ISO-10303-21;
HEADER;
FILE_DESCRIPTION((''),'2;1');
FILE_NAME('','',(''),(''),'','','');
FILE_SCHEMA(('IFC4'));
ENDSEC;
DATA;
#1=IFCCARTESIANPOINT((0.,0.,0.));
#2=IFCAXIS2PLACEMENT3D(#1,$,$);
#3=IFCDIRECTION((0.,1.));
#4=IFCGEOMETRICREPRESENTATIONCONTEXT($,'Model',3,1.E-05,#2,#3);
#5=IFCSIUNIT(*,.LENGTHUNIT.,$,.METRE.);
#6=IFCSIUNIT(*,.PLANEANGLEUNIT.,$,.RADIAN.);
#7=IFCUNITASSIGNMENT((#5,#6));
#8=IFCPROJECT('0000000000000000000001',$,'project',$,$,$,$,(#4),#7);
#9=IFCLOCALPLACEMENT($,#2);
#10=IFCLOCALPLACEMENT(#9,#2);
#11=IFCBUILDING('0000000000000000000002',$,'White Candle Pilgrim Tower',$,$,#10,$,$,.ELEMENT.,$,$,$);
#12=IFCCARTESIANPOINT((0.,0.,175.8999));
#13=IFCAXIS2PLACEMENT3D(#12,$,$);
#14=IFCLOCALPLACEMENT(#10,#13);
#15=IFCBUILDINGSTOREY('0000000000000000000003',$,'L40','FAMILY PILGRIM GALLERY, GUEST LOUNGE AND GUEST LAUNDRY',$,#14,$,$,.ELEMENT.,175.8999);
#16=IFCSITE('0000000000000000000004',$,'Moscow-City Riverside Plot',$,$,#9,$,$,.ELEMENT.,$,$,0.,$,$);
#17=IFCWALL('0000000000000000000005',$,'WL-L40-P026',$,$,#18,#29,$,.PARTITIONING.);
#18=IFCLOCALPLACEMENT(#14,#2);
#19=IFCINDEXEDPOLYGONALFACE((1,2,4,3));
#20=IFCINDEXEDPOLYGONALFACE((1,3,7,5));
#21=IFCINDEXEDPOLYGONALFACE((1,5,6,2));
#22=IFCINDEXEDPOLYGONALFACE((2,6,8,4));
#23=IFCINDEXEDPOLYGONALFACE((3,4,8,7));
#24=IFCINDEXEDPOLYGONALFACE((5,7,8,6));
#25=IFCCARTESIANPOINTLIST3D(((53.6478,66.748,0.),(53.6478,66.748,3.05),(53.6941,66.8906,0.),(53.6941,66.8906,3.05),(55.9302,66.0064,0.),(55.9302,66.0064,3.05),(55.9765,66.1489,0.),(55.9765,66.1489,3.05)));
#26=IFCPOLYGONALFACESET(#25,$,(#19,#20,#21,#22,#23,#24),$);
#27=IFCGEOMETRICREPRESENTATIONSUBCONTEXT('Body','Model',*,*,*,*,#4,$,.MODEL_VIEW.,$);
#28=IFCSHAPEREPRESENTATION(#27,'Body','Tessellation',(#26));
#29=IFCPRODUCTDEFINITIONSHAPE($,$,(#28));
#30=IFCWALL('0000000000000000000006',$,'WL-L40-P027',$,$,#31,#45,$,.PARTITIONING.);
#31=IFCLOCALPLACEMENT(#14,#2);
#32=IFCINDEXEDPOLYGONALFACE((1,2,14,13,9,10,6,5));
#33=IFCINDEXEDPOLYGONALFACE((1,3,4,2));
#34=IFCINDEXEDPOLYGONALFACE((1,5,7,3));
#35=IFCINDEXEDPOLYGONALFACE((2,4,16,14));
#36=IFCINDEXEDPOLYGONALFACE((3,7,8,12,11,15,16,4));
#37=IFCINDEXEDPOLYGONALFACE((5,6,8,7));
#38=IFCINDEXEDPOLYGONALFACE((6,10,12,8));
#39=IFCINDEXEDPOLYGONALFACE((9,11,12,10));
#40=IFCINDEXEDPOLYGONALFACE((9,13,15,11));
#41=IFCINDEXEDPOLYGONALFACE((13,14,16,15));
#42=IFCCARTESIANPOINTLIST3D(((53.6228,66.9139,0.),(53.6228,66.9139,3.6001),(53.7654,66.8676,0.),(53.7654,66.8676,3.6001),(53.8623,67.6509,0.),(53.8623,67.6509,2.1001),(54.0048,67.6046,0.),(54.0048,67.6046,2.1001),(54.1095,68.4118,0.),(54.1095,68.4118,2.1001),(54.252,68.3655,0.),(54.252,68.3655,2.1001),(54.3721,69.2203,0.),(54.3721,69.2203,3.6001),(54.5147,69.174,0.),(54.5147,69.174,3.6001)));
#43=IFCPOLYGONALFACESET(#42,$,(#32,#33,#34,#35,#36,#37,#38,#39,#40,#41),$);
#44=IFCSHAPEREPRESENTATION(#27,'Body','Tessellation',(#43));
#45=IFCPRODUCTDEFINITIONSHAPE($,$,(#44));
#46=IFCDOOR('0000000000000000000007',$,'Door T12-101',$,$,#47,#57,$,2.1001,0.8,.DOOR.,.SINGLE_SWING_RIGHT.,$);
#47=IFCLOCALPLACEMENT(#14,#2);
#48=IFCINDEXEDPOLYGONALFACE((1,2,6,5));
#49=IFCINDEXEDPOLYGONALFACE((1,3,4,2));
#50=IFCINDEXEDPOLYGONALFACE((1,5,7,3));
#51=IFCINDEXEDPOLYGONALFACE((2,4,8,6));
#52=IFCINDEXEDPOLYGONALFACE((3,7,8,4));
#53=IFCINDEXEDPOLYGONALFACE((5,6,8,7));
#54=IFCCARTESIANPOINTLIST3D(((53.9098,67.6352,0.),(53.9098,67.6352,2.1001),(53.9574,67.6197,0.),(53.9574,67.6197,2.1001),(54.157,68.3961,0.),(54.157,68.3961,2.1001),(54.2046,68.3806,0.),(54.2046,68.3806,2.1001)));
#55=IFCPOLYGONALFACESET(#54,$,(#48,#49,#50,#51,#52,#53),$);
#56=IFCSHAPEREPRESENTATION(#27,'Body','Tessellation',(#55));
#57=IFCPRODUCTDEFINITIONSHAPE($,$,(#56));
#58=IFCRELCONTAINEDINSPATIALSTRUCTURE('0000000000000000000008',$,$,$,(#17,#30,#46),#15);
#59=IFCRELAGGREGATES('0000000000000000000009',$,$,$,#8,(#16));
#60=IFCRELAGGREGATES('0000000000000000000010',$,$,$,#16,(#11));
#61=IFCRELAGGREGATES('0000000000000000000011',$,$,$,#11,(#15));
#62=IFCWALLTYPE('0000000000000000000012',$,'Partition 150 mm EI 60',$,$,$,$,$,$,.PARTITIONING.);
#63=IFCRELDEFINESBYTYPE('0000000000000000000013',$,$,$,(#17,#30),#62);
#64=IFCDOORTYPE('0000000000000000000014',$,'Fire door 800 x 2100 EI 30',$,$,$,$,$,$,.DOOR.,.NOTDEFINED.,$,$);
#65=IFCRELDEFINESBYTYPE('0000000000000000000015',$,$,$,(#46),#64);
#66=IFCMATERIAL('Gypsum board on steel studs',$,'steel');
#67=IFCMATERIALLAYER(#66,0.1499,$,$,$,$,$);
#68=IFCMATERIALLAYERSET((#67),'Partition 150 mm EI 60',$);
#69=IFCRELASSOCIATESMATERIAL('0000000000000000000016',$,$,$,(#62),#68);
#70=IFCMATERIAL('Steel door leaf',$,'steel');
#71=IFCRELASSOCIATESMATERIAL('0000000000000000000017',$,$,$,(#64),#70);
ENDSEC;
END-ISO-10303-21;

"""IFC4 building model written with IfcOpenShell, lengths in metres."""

from ifc_helpers import new_model, si_unit, direction, frame, frame_2d, origin, place, context, subcontext, project, spatial, rectangle, extrude, material, layer, layer_set, type_object, element, fill, save


model = new_model("IFC4")

# Units and contexts
model_context = context("Model", 3, precision=1e-05, world=origin(), true_north=direction((0.0, 1.0)))
body_context = subcontext(model_context, "Body", "Model", "MODEL_VIEW")
ifc_project = project(units=[si_unit("LENGTHUNIT", "METRE"), si_unit("PLANEANGLEUNIT", "RADIAN")], contexts=[model_context])

# Site, building, storey
site_placement = place(None, origin())
site = spatial("IfcSite", under=ifc_project, at=site_placement, Name="Moscow-City Riverside Plot", CompositionType="ELEMENT", RefElevation=0.0)
building_placement = place(site_placement, origin())
building = spatial("IfcBuilding", under=site, at=building_placement, Name="White Candle Pilgrim Tower", CompositionType="ELEMENT")
storey_placement = place(building_placement, frame((0.0, 0.0, 175.8999)))
storey = spatial("IfcBuildingStorey", under=building, at=storey_placement, Name="L40", Description="FAMILY PILGRIM GALLERY, GUEST LOUNGE AND GUEST LAUNDRY", CompositionType="ELEMENT", Elevation=175.8999)

# Shared definitions
ifc_material_1 = material(Name="Gypsum board on steel studs", Category="steel")
ifc_material_2 = material(Name="Steel door leaf", Category="steel")

# Wall
ifc_layer_1 = layer(ifc_material_1, 0.1499)
ifc_layer_set_1 = layer_set([ifc_layer_1], Name="Partition 150 mm EI 60")
wall_type_1 = type_object("IfcWallType", Name="Partition 150 mm EI 60", PredefinedType="PARTITIONING", material=ifc_layer_set_1)
wall_1_placement = place(storey_placement, frame((55.9534, 66.0776, 0.0), z_axis=(0.0, 0.0, 1.0), x_axis=(-0.951047, 0.309047, 0.0)))
element("IfcWall", 1, at=wall_1_placement, inside=storey, type_object=wall_type_1, Name="WL-L40-P026", PredefinedType="PARTITIONING", context=body_context, shape_type="SweptSolid", body=[
    extrude(rectangle(XDim=2.3999, YDim=0.1499, at=frame_2d((1.2, 0.0))), origin(), (0.0, 0.0, 1.0), 3.05),
])

# Wall, opening, door
wall_2_placement = place(storey_placement, frame((54.4434, 69.197, 0.0), z_axis=(0.0, 0.0, 1.0), x_axis=(-0.30897, -0.951072, 0.0)))
wall_2 = element("IfcWall", 2, at=wall_2_placement, inside=storey, type_object=wall_type_1, Name="WL-L40-P027", PredefinedType="PARTITIONING", context=body_context, shape_type="SweptSolid", body=[
    extrude(rectangle(XDim=2.425, YDim=0.1499, at=frame_2d((1.2124, 0.0))), origin(), (0.0, 0.0, 1.0), 3.6001),
])
opening_1_placement = place(wall_2_placement, frame((0.8501, 0.0, 0.0)))
opening_1 = element("IfcOpeningElement", 3, at=opening_1_placement, cuts=wall_2, PredefinedType="OPENING", context=body_context, shape_type="SweptSolid", body=[
    extrude(rectangle(XDim=0.8, YDim=2.1001, at=frame_2d((0.3999, 1.05))), frame((0.0, 0.085, 0.0), z_axis=(0.0, -1.0, 0.0), x_axis=(1.0, 0.0, 0.0)), (0.0, 0.0, 1.0), 0.1699),
])
door_type_1 = type_object("IfcDoorType", Name="Fire door 800 x 2100 EI 30", OperationType="NOTDEFINED", PredefinedType="DOOR", material=ifc_material_2)
door_1_placement = place(opening_1_placement, frame((0.8, 0.0, 0.0), z_axis=(0.0, 0.0, 1.0), x_axis=(-1.0, 0.0, 0.0)))
door_1 = element("IfcDoor", 4, at=door_1_placement, inside=storey, type_object=door_type_1, Name="Door T12-101", OperationType="SINGLE_SWING_RIGHT", OverallHeight=2.1001, OverallWidth=0.8, PredefinedType="DOOR", context=body_context, shape_type="SweptSolid", body=[
    extrude(rectangle(XDim=0.8, YDim=2.1001, at=frame_2d((0.3999, 1.05))), frame((0.0, 0.0249, 0.0), z_axis=(0.0, -1.0, 0.0), x_axis=(1.0, 0.0, 0.0)), (0.0, 0.0, 1.0), 0.05),
])
fill(opening_1, door_1)

save(model, "model.ifc")
